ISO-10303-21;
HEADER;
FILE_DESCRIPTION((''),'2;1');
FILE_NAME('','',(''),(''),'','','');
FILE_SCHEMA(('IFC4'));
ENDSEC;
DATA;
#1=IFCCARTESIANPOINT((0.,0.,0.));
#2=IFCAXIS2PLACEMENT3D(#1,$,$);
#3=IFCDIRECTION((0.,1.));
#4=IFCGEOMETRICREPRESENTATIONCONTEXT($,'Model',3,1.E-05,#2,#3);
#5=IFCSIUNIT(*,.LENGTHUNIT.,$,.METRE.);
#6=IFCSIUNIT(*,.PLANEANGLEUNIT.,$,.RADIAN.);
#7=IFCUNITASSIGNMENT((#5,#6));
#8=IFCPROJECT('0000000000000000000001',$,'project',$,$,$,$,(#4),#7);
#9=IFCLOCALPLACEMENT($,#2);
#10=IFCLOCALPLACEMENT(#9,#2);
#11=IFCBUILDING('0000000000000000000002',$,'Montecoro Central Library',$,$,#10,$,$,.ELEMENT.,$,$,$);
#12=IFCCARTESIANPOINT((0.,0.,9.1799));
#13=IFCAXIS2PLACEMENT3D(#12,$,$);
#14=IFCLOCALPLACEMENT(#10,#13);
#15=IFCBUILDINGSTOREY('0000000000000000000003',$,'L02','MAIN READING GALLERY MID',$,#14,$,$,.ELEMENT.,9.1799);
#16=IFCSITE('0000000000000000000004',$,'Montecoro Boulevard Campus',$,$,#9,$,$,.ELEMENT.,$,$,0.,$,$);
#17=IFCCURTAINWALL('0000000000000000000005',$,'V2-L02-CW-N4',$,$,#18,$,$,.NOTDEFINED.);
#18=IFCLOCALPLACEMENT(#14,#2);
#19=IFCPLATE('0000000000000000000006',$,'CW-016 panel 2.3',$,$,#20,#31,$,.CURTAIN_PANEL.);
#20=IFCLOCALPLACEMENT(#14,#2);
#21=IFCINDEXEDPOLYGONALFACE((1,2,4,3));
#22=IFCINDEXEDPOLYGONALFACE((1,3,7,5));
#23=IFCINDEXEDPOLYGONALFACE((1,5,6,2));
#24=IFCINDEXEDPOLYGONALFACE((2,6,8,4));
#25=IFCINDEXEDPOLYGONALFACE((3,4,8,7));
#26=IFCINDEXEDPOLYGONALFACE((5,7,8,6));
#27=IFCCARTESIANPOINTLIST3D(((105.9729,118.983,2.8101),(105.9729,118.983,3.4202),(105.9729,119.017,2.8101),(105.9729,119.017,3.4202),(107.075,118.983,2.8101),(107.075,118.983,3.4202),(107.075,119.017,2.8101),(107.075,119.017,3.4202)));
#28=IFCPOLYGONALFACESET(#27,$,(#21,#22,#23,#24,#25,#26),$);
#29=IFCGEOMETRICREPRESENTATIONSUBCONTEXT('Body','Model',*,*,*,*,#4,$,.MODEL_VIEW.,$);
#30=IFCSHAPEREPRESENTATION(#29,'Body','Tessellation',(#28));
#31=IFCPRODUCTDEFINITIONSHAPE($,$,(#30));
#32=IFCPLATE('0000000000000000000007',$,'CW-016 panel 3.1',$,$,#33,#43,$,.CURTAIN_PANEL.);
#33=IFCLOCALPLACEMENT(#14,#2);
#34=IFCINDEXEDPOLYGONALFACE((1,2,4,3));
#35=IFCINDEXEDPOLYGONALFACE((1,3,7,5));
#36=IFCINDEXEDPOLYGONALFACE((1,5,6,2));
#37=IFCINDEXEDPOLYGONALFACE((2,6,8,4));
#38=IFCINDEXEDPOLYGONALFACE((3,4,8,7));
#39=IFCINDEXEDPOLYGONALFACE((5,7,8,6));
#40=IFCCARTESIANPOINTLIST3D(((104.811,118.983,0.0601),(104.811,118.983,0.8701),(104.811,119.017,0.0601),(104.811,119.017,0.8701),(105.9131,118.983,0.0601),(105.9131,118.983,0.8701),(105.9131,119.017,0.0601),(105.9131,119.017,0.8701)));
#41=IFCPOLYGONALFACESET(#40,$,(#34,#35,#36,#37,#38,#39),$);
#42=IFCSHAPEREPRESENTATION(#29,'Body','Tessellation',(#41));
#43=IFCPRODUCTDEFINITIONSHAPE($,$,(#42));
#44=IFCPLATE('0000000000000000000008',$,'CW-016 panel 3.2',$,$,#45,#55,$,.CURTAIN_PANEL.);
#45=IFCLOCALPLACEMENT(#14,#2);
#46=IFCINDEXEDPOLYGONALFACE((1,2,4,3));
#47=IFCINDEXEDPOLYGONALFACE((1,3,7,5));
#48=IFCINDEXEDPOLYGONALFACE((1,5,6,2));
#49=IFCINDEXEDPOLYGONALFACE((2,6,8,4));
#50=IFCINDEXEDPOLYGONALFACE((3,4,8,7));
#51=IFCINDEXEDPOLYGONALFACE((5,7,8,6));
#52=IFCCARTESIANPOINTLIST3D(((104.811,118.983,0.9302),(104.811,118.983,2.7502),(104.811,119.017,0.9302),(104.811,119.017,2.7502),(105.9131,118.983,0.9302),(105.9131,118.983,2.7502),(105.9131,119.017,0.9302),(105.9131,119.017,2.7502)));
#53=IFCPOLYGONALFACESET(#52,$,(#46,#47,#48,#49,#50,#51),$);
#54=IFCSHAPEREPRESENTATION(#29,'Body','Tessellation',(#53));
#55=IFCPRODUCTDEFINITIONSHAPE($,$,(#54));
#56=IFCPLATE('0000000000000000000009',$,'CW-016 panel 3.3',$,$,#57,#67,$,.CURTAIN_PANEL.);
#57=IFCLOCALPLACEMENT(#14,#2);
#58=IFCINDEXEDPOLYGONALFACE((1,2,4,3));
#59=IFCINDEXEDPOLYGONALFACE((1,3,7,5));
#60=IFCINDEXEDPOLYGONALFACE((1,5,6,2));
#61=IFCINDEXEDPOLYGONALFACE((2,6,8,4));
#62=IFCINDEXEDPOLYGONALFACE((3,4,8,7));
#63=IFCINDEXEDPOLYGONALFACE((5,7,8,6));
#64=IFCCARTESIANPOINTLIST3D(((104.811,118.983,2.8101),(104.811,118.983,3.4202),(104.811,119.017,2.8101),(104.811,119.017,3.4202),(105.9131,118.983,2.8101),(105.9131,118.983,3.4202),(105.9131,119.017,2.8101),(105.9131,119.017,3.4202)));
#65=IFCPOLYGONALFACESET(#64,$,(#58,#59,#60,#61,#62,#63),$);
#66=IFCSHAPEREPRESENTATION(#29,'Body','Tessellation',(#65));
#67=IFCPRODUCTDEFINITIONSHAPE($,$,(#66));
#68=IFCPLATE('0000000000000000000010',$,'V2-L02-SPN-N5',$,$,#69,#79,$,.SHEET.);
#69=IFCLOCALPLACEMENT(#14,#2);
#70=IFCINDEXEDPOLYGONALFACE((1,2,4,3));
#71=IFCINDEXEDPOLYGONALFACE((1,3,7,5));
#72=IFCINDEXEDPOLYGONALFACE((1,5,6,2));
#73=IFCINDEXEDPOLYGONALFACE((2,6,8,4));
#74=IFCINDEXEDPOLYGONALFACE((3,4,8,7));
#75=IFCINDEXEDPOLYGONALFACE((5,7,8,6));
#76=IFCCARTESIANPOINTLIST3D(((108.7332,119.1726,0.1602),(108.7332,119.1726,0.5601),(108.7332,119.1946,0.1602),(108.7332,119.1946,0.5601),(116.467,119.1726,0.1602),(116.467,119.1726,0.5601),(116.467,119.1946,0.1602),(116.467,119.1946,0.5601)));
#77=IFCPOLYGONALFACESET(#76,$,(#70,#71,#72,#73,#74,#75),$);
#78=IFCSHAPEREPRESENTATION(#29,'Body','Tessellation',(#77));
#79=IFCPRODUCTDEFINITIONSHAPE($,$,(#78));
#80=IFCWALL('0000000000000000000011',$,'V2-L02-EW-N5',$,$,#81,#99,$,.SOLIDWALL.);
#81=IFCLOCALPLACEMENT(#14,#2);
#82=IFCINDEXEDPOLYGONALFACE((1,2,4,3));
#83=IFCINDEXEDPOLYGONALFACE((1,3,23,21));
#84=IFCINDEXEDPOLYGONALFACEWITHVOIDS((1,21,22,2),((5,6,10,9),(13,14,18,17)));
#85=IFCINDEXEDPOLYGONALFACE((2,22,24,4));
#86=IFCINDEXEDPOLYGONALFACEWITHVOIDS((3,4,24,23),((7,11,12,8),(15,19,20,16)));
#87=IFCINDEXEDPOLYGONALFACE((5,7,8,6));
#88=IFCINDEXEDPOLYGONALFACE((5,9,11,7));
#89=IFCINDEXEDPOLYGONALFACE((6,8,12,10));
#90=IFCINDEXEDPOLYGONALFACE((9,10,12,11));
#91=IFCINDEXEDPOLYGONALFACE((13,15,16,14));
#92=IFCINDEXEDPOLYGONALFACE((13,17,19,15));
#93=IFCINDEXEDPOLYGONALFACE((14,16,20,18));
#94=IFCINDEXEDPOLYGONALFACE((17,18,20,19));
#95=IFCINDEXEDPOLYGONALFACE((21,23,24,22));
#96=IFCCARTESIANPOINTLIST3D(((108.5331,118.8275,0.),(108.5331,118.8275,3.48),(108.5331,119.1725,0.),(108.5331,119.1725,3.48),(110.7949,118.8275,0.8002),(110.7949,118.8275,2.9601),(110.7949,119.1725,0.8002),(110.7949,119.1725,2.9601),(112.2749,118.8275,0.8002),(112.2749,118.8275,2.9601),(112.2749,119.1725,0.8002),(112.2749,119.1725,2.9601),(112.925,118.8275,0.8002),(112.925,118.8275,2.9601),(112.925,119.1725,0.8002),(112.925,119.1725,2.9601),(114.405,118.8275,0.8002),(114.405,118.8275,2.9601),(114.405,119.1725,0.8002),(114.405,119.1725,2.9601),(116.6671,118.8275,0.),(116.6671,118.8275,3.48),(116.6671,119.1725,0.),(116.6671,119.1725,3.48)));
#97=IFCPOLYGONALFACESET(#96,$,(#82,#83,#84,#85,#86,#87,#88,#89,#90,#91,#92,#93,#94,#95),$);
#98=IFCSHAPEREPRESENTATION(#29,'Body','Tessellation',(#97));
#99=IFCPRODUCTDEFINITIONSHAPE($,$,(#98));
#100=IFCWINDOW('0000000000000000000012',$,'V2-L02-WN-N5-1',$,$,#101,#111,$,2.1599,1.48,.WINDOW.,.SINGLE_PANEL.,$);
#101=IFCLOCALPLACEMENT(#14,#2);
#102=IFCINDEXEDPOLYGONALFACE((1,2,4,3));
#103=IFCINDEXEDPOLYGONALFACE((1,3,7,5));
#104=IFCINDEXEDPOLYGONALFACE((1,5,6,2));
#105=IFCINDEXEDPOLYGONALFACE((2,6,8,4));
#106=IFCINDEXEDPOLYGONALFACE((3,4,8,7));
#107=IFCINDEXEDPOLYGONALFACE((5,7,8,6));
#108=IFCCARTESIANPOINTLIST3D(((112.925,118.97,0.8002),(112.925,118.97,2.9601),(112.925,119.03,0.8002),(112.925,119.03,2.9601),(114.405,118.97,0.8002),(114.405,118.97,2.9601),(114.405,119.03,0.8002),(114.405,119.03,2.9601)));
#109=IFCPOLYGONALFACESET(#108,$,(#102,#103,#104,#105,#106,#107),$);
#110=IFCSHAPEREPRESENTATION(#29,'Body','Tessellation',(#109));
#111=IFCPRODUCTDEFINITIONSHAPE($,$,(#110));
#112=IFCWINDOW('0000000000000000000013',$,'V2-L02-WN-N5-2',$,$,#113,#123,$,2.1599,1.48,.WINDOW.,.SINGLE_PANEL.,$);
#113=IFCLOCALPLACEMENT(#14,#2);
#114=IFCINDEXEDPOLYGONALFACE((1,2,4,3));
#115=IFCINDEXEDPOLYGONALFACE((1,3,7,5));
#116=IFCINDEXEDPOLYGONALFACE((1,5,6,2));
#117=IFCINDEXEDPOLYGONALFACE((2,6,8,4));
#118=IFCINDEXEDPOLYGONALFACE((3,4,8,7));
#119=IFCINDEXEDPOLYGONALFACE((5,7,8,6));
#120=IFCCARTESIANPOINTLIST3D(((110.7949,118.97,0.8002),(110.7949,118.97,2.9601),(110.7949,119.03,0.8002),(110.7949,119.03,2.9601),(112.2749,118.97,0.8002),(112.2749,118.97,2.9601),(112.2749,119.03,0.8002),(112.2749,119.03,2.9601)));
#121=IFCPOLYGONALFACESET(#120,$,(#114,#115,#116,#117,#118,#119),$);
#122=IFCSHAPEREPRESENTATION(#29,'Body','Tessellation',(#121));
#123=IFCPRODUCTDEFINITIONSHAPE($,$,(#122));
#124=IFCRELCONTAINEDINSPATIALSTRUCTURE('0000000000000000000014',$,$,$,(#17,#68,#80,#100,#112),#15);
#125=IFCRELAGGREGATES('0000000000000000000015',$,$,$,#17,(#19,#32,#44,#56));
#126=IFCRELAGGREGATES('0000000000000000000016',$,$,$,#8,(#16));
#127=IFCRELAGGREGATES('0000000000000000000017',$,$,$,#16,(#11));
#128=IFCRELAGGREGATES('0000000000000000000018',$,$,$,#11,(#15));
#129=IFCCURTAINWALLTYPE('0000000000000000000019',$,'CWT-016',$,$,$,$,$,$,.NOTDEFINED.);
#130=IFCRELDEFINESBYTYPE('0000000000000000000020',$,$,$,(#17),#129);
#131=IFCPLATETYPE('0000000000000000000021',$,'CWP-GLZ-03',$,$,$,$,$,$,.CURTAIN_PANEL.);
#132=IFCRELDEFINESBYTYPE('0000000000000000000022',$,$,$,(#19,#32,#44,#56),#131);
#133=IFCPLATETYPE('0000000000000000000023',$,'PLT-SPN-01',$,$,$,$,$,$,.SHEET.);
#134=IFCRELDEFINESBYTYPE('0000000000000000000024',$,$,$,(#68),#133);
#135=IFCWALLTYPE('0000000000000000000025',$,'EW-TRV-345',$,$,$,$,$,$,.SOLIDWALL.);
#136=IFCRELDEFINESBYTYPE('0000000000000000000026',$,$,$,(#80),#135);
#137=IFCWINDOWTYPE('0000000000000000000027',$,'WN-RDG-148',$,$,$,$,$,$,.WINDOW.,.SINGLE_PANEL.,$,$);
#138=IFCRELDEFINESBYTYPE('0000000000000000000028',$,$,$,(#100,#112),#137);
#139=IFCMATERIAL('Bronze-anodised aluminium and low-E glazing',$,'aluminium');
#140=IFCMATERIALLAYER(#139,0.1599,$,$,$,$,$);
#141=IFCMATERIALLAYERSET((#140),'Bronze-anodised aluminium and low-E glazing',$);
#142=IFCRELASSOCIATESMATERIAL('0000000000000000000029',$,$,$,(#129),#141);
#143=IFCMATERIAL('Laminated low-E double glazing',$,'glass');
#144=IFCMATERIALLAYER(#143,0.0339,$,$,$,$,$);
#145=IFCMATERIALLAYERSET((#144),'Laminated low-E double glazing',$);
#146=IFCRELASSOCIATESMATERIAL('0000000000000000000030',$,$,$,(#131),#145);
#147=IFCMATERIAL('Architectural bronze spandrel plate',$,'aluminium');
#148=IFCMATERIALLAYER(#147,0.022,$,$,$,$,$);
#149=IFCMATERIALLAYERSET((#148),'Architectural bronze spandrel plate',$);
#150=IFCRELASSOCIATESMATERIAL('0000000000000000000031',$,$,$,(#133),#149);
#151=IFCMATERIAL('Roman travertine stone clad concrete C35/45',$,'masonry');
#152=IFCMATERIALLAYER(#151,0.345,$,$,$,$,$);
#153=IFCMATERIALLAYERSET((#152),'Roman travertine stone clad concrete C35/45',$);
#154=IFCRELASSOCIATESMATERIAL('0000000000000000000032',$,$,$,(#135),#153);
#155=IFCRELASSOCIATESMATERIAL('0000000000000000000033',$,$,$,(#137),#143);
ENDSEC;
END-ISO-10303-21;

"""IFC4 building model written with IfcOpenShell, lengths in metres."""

from ifc_helpers import new_model, si_unit, direction, frame, frame_2d, origin, origin_2d, place, context, subcontext, project, spatial, rectangle, extrude, material, layer, layer_set, type_object, element, fill, aggregate, save


model = new_model("IFC4")

# Units and contexts
model_context = context("Model", 3, precision=1e-05, world=origin(), true_north=direction((0.0, 1.0)))
body_context = subcontext(model_context, "Body", "Model", "MODEL_VIEW")
ifc_project = project(units=[si_unit("LENGTHUNIT", "METRE"), si_unit("PLANEANGLEUNIT", "RADIAN")], contexts=[model_context])

# Site, building, storey
site_placement = place(None, origin())
site = spatial("IfcSite", under=ifc_project, at=site_placement, Name="Montecoro Boulevard Campus", CompositionType="ELEMENT", RefElevation=0.0)
building_placement = place(site_placement, origin())
building = spatial("IfcBuilding", under=site, at=building_placement, Name="Montecoro Central Library", CompositionType="ELEMENT")
storey_placement = place(building_placement, frame((0.0, 0.0, 9.1799)))
storey = spatial("IfcBuildingStorey", under=building, at=storey_placement, Name="L02", Description="MAIN READING GALLERY MID", CompositionType="ELEMENT", Elevation=9.1799)

# Curtain wall, plates
ifc_material_1 = material(Name="Bronze-anodised aluminium and low-E glazing", Category="aluminium")
ifc_layer_1 = layer(ifc_material_1, 0.1599)
ifc_layer_set_1 = layer_set([ifc_layer_1], Name="Bronze-anodised aluminium and low-E glazing")
curtain_wall_type = type_object("IfcCurtainWallType", Name="CWT-016", PredefinedType="NOTDEFINED", material=ifc_layer_set_1)
curtain_wall_placement = place(storey_placement, origin())
curtain_wall = element("IfcCurtainWall", 1, at=curtain_wall_placement, inside=storey, type_object=curtain_wall_type, Name="V2-L02-CW-N4", PredefinedType="NOTDEFINED")
ifc_material_2 = material(Name="Laminated low-E double glazing", Category="glass")
ifc_layer_2 = layer(ifc_material_2, 0.0339)
ifc_layer_set_2 = layer_set([ifc_layer_2], Name="Laminated low-E double glazing")
plate_type_1 = type_object("IfcPlateType", Name="CWP-GLZ-03", PredefinedType="CURTAIN_PANEL", material=ifc_layer_set_2)
plate_1_placement = place(storey_placement, frame((106.5239, 119.0, 2.8101), z_axis=(0.0, 0.0, 1.0), x_axis=(-1.0, 0.0, 0.0)))
plate_1 = element("IfcPlate", 2, at=plate_1_placement, type_object=plate_type_1, Name="CW-016 panel 2.3", PredefinedType="CURTAIN_PANEL", context=body_context, shape_type="SweptSolid", body=[
    extrude(rectangle(XDim=1.1021, YDim=0.0339, at=origin_2d()), origin(), (0.0, 0.0, 1.0), 0.6101),
])
plate_2_placement = place(storey_placement, frame((105.3621, 119.0, 0.0601), z_axis=(0.0, 0.0, 1.0), x_axis=(-1.0, 0.0, 0.0)))
plate_2 = element("IfcPlate", 3, at=plate_2_placement, type_object=plate_type_1, Name="CW-016 panel 3.1", PredefinedType="CURTAIN_PANEL", context=body_context, shape_type="SweptSolid", body=[
    extrude(rectangle(XDim=1.1021, YDim=0.0339, at=origin_2d()), origin(), (0.0, 0.0, 1.0), 0.8101),
])
plate_3_placement = place(storey_placement, frame((105.3621, 119.0, 0.9302), z_axis=(0.0, 0.0, 1.0), x_axis=(-1.0, 0.0, 0.0)))
plate_3 = element("IfcPlate", 4, at=plate_3_placement, type_object=plate_type_1, Name="CW-016 panel 3.2", PredefinedType="CURTAIN_PANEL", context=body_context, shape_type="SweptSolid", body=[
    extrude(rectangle(XDim=1.1021, YDim=0.0339, at=origin_2d()), origin(), (0.0, 0.0, 1.0), 1.8201),
])
plate_4_placement = place(storey_placement, frame((105.3621, 119.0, 2.8101), z_axis=(0.0, 0.0, 1.0), x_axis=(-1.0, 0.0, 0.0)))
plate_4 = element("IfcPlate", 5, at=plate_4_placement, type_object=plate_type_1, Name="CW-016 panel 3.3", PredefinedType="CURTAIN_PANEL", context=body_context, shape_type="SweptSolid", body=[
    extrude(rectangle(XDim=1.1021, YDim=0.0339, at=origin_2d()), origin(), (0.0, 0.0, 1.0), 0.6101),
])
aggregate(curtain_wall, [plate_1, plate_2, plate_3, plate_4])

# Plate
ifc_material_3 = material(Name="Architectural bronze spandrel plate", Category="aluminium")
ifc_layer_3 = layer(ifc_material_3, 0.022)
ifc_layer_set_3 = layer_set([ifc_layer_3], Name="Architectural bronze spandrel plate")
plate_type_2 = type_object("IfcPlateType", Name="PLT-SPN-01", PredefinedType="SHEET", material=ifc_layer_set_3)
plate_5_placement = place(storey_placement, frame((112.6001, 119.1836, 0.1602), z_axis=(0.0, 0.0, 1.0), x_axis=(-1.0, 0.0, 0.0)))
element("IfcPlate", 6, at=plate_5_placement, inside=storey, type_object=plate_type_2, Name="V2-L02-SPN-N5", PredefinedType="SHEET", context=body_context, shape_type="SweptSolid", body=[
    extrude(rectangle(XDim=7.7339, YDim=0.022, at=origin_2d()), origin(), (0.0, 0.0, 1.0), 0.3999),
])

# Wall, openings, windows
ifc_material_4 = material(Name="Roman travertine stone clad concrete C35/45", Category="masonry")
ifc_layer_4 = layer(ifc_material_4, 0.345)
ifc_layer_set_4 = layer_set([ifc_layer_4], Name="Roman travertine stone clad concrete C35/45")
wall_type = type_object("IfcWallType", Name="EW-TRV-345", PredefinedType="SOLIDWALL", material=ifc_layer_set_4)
wall_placement = place(storey_placement, frame((116.667, 119.0, 0.0), z_axis=(0.0, 0.0, 1.0), x_axis=(-1.0, 0.0, 0.0)))
wall = element("IfcWall", 7, at=wall_placement, inside=storey, type_object=wall_type, Name="V2-L02-EW-N5", PredefinedType="SOLIDWALL", context=body_context, shape_type="SweptSolid", body=[
    extrude(rectangle(XDim=8.134, YDim=0.345, at=frame_2d((4.0669, 0.0))), origin(), (0.0, 0.0, 1.0), 3.48),
])
opening_1_placement = place(wall_placement, frame((2.262, 0.0, 0.8)))
opening_1 = element("IfcOpeningElement", 8, at=opening_1_placement, cuts=wall, PredefinedType="OPENING", context=body_context, shape_type="SweptSolid", body=[
    extrude(rectangle(XDim=1.48, YDim=2.1599, at=frame_2d((0.74, 1.0801))), frame((0.0, 0.1824, 0.0), z_axis=(0.0, -1.0, 0.0), x_axis=(1.0, 0.0, 0.0)), (0.0, 0.0, 1.0), 0.365),
])
opening_2_placement = place(wall_placement, frame((4.3921, 0.0, 0.8)))
opening_2 = element("IfcOpeningElement", 9, at=opening_2_placement, cuts=wall, PredefinedType="OPENING", context=body_context, shape_type="SweptSolid", body=[
    extrude(rectangle(XDim=1.48, YDim=2.1599, at=frame_2d((0.74, 1.0801))), frame((0.0, 0.1824, 0.0), z_axis=(0.0, -1.0, 0.0), x_axis=(1.0, 0.0, 0.0)), (0.0, 0.0, 1.0), 0.365),
])
window_type = type_object("IfcWindowType", Name="WN-RDG-148", PartitioningType="SINGLE_PANEL", PredefinedType="WINDOW", material=ifc_material_2)
window_1_placement = place(opening_1_placement, origin())
window_1 = element("IfcWindow", 10, at=window_1_placement, inside=storey, type_object=window_type, Name="V2-L02-WN-N5-1", OverallHeight=2.1599, OverallWidth=1.48, PartitioningType="SINGLE_PANEL", PredefinedType="WINDOW", context=body_context, shape_type="SweptSolid", body=[
    extrude(rectangle(XDim=1.48, YDim=2.1599, at=frame_2d((0.74, 1.0801))), frame((0.0, 0.03, 0.0), z_axis=(0.0, -1.0, 0.0), x_axis=(1.0, 0.0, 0.0)), (0.0, 0.0, 1.0), 0.0601),
])
fill(opening_1, window_1)
window_2_placement = place(opening_2_placement, origin())
window_2 = element("IfcWindow", 11, at=window_2_placement, inside=storey, type_object=window_type, Name="V2-L02-WN-N5-2", OverallHeight=2.1599, OverallWidth=1.48, PartitioningType="SINGLE_PANEL", PredefinedType="WINDOW", context=body_context, shape_type="SweptSolid", body=[
    extrude(rectangle(XDim=1.48, YDim=2.1599, at=frame_2d((0.74, 1.0801))), frame((0.0, 0.03, 0.0), z_axis=(0.0, -1.0, 0.0), x_axis=(1.0, 0.0, 0.0)), (0.0, 0.0, 1.0), 0.0601),
])
fill(opening_2, window_2)

save(model, "model.ifc")
